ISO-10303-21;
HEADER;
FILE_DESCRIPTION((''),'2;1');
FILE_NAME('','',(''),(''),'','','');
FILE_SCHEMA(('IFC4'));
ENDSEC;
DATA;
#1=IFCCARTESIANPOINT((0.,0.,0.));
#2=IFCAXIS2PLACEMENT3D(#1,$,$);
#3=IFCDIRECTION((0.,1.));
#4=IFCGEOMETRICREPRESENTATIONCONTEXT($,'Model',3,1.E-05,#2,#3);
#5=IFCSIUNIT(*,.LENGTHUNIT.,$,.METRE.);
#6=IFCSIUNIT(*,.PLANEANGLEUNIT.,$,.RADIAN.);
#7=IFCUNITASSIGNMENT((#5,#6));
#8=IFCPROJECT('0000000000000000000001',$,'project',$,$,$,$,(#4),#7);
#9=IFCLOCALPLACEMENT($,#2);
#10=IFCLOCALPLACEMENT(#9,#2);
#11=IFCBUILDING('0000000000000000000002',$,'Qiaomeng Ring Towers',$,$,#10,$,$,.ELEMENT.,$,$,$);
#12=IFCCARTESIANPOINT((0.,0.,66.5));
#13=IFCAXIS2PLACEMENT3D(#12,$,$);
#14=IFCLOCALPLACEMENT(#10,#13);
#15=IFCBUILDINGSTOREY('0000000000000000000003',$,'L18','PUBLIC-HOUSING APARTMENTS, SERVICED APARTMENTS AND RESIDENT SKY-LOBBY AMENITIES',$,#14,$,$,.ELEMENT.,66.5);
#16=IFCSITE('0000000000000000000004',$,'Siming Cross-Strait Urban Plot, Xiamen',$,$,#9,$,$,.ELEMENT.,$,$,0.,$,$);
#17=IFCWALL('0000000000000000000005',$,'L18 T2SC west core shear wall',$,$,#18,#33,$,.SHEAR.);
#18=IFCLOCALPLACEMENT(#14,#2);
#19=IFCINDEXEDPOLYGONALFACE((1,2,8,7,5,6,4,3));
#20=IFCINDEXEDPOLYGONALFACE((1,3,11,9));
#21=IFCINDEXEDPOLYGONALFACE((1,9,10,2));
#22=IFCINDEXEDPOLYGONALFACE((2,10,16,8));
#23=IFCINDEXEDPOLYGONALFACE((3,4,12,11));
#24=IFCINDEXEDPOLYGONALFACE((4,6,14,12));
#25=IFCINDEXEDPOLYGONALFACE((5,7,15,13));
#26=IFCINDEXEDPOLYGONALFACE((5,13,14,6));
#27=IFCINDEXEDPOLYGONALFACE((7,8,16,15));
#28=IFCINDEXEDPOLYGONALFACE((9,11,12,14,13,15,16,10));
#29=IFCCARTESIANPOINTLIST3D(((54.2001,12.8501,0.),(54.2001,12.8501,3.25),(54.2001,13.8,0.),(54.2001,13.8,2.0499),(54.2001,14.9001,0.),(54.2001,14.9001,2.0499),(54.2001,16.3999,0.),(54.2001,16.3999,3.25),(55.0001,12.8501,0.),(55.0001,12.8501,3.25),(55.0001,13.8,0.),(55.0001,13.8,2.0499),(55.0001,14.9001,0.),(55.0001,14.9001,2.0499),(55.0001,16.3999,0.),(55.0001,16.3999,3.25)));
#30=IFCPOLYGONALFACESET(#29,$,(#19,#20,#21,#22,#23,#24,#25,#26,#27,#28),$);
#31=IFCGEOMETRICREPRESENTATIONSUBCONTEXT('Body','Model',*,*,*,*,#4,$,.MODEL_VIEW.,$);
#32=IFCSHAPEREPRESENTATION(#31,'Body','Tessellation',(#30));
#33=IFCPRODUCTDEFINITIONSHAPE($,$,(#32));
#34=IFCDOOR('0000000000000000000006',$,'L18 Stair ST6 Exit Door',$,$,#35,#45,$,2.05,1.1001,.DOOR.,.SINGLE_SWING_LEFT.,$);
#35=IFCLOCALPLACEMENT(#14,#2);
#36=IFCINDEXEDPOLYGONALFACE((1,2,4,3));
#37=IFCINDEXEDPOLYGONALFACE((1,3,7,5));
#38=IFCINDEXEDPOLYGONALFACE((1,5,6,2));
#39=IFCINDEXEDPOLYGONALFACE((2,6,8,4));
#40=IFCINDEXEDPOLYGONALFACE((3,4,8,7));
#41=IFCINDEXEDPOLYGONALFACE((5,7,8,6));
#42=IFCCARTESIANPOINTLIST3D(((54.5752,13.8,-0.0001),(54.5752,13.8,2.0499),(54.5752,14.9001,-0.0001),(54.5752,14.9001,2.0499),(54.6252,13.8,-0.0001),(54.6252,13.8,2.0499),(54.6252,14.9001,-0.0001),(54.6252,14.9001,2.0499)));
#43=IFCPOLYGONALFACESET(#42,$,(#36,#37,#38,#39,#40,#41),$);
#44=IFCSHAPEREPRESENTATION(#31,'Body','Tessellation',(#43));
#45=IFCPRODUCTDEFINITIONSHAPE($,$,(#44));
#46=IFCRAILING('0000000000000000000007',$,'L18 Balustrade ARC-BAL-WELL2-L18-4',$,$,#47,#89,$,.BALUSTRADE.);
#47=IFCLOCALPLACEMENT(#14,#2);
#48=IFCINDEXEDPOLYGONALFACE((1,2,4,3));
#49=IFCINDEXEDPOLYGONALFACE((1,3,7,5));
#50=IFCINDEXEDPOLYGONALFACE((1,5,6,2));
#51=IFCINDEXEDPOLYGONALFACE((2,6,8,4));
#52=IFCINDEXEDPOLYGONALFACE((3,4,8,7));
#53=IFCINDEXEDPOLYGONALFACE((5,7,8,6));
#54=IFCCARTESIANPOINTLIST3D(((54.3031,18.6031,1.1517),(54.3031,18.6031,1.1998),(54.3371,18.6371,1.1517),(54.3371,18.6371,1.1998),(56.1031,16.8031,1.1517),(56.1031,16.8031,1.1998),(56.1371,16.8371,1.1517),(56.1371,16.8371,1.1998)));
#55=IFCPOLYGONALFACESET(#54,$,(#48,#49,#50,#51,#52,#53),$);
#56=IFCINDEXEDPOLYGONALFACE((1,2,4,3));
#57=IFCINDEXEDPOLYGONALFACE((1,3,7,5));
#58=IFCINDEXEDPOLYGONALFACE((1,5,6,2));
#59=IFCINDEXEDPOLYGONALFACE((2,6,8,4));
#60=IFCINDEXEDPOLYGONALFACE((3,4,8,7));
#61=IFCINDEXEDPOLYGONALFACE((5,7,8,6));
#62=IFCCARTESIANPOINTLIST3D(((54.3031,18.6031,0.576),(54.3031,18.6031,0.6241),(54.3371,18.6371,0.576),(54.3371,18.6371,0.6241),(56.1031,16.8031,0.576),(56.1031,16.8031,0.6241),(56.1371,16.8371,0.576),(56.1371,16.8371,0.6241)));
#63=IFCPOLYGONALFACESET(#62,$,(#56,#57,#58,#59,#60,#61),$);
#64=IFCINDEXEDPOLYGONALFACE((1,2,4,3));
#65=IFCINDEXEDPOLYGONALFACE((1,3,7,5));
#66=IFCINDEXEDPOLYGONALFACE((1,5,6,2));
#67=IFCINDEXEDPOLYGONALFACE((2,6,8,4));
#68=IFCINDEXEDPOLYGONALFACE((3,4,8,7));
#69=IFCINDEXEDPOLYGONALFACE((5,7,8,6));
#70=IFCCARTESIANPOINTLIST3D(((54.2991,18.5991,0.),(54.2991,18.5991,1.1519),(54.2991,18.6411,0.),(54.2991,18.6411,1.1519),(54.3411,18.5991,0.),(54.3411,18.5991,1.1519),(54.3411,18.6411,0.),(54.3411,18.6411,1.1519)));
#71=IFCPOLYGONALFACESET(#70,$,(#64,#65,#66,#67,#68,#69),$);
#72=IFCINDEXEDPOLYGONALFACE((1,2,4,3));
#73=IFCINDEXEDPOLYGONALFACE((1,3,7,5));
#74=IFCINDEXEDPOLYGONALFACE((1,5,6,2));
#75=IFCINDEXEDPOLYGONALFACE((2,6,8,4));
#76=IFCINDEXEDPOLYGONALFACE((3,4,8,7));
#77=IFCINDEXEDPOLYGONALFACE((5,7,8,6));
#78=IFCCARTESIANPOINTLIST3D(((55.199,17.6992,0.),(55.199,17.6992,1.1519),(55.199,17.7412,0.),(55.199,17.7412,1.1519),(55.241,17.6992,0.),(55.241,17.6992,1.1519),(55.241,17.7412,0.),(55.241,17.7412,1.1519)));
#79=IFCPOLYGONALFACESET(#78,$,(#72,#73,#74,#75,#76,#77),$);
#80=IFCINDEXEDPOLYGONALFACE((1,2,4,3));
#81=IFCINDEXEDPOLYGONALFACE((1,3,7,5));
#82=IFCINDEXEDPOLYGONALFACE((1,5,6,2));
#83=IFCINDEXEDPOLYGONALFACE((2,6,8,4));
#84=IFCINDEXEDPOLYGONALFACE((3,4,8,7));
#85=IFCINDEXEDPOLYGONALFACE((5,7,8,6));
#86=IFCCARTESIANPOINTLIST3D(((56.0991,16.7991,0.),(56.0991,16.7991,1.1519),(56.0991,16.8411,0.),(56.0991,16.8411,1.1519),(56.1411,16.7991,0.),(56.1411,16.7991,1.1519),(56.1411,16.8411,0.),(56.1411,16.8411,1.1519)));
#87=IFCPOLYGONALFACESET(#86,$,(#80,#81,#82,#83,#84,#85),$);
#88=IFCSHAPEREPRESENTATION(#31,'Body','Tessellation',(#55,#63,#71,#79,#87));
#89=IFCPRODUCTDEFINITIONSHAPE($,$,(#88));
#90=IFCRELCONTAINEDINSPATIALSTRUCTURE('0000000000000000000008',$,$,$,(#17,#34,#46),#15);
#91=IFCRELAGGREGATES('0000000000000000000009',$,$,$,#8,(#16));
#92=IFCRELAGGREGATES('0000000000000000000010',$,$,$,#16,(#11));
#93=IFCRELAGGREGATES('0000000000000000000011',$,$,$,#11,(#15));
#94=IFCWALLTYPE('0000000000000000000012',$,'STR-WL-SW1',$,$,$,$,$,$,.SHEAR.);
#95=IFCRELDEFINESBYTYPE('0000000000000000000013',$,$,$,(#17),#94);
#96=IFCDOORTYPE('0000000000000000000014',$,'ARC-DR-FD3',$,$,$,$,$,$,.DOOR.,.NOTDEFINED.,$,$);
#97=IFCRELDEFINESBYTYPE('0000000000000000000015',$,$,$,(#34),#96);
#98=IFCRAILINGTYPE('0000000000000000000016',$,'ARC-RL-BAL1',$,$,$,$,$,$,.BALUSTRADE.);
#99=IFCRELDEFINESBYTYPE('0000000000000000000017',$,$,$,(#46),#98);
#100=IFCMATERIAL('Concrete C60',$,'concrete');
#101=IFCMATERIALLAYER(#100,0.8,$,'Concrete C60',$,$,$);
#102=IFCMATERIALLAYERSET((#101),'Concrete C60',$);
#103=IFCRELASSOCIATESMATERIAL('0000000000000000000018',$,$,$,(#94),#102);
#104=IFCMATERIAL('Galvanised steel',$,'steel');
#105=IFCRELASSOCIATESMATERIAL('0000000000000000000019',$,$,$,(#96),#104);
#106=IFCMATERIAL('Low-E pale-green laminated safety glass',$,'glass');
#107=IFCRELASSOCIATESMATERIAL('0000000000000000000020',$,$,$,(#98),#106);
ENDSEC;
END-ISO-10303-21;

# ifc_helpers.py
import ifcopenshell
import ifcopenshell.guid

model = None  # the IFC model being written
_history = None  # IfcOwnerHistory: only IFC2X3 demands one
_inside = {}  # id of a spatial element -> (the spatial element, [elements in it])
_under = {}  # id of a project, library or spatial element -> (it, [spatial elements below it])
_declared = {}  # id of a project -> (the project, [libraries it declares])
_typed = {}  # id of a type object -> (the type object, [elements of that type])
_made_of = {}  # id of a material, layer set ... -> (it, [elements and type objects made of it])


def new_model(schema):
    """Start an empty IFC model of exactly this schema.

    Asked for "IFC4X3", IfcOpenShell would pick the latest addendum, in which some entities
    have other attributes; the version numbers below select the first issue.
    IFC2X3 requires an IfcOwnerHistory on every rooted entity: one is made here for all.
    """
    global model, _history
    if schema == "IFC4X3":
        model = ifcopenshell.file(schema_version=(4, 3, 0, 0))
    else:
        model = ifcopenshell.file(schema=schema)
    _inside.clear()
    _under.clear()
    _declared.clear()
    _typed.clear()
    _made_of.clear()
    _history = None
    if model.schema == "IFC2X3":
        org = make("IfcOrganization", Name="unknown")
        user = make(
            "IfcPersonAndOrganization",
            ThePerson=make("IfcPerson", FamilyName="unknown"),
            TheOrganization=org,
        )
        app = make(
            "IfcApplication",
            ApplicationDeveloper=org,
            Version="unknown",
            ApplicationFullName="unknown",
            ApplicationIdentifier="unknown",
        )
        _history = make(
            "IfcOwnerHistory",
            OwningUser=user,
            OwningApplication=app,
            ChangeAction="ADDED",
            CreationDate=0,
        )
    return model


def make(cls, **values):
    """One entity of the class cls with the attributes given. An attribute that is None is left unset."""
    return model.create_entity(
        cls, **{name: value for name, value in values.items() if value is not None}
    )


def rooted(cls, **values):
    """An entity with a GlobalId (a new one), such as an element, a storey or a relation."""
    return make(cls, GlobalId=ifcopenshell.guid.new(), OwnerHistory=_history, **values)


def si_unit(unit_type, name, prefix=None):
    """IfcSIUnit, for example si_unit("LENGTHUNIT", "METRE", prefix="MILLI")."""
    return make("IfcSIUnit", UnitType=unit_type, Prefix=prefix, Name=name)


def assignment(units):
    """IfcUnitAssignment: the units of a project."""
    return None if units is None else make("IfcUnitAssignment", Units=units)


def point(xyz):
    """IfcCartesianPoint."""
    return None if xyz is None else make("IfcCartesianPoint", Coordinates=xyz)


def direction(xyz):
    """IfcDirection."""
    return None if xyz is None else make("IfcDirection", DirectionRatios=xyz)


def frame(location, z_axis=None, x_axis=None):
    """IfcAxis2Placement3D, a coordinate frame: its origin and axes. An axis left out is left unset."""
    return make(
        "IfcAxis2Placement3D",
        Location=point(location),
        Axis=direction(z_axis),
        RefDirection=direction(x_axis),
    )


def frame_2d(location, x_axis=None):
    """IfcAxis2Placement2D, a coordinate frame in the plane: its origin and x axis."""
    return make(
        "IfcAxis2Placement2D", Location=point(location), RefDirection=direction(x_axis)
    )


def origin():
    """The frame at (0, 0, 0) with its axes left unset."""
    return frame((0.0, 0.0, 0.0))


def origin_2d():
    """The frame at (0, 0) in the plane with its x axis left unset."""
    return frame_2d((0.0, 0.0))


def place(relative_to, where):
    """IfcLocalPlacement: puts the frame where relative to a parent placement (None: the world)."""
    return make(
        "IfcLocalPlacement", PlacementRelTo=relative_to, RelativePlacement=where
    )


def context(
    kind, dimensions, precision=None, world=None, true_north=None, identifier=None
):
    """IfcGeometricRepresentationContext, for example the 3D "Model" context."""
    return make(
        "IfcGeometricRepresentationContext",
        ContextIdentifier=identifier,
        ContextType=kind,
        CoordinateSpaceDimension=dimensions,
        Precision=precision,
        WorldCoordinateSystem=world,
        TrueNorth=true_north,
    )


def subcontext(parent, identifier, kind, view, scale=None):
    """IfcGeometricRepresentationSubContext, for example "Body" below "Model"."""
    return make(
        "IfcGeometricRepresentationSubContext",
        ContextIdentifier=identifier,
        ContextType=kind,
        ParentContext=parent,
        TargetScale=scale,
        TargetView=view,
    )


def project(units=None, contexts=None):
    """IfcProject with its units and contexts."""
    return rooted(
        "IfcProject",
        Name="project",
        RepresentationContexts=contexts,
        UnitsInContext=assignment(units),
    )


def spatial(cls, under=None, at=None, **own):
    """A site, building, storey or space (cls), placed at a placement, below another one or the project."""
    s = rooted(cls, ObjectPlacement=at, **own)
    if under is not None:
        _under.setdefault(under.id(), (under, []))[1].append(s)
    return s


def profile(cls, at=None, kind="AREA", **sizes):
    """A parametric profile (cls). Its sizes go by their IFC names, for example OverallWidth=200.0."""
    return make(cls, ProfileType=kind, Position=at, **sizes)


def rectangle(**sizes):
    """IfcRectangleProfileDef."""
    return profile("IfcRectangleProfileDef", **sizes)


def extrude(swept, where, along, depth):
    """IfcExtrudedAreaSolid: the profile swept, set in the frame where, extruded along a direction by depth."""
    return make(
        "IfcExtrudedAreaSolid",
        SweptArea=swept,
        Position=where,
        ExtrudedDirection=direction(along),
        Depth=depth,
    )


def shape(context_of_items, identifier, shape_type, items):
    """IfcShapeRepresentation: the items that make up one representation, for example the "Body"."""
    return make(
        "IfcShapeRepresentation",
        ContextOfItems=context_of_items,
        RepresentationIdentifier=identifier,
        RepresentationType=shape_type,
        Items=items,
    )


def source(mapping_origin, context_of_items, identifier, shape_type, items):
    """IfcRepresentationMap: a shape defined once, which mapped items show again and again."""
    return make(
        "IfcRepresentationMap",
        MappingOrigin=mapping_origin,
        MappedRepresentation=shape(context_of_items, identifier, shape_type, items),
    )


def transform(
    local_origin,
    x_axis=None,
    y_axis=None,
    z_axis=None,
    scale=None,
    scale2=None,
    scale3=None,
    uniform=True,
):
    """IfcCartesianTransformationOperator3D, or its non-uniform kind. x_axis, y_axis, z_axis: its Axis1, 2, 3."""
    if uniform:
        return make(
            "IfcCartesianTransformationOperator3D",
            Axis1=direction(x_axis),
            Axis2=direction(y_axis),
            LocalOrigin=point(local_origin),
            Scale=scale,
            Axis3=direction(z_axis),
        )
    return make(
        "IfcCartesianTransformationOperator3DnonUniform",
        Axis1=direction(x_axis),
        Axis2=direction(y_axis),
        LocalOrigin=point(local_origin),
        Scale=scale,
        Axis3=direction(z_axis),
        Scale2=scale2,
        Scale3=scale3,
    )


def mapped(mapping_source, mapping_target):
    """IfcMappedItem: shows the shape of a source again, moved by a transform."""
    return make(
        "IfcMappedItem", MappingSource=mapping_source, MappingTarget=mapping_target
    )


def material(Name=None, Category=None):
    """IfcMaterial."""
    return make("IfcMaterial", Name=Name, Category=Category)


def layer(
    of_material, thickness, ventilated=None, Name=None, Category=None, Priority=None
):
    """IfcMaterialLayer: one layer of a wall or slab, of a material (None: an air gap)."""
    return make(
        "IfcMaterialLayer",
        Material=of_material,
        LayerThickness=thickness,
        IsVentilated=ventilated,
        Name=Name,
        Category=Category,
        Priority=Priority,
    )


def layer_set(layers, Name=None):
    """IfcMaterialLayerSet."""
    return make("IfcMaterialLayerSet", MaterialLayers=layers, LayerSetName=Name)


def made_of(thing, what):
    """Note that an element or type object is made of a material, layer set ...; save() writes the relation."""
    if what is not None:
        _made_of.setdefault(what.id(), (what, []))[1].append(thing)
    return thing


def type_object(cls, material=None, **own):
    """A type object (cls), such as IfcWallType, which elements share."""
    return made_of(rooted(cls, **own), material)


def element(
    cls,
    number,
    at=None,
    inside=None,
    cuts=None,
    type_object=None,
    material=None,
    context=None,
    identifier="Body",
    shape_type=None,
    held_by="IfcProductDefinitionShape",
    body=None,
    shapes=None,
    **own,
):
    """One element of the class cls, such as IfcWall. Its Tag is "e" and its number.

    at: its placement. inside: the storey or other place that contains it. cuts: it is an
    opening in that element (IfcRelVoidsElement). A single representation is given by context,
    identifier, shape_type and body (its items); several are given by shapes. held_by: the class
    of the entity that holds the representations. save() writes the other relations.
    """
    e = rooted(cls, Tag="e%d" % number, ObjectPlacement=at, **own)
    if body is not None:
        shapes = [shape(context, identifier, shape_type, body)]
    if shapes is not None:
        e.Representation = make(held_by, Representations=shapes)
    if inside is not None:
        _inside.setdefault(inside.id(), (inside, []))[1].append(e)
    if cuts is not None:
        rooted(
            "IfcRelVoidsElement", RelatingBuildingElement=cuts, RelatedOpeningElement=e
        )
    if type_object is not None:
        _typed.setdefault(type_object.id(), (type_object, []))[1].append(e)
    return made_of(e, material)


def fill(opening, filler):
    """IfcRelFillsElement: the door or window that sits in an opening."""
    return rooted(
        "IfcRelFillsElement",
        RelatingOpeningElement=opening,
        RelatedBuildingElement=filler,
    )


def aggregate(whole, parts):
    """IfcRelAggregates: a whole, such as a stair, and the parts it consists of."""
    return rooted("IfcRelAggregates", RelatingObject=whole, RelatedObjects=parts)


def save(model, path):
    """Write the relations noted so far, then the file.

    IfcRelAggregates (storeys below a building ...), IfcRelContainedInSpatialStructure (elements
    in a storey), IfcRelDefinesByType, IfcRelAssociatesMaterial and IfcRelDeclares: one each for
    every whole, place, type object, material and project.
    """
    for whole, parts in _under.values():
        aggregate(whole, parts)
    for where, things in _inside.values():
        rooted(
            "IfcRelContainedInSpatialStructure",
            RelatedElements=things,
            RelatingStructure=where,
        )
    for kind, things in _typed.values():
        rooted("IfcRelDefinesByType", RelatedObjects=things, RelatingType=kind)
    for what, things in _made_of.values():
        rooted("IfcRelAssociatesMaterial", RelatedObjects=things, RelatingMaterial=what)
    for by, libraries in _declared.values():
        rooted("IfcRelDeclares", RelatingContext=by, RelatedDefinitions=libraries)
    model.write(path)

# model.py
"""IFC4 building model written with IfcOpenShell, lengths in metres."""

from ifc_helpers import new_model, si_unit, direction, frame, frame_2d, origin, origin_2d, place, context, subcontext, project, spatial, rectangle, extrude, source, transform, mapped, material, layer, layer_set, type_object, element, fill, save


model = new_model("IFC4")

# Units and contexts
model_context = context("Model", 3, precision=1e-05, world=origin(), true_north=direction((0.0, 1.0)))
body_context = subcontext(model_context, "Body", "Model", "MODEL_VIEW")
ifc_project = project(units=[si_unit("LENGTHUNIT", "METRE"), si_unit("PLANEANGLEUNIT", "RADIAN")], contexts=[model_context])

# Site, building, storey
site_placement = place(None, origin())
site = spatial("IfcSite", under=ifc_project, at=site_placement, Name="Siming Cross-Strait Urban Plot, Xiamen", CompositionType="ELEMENT", RefElevation=0.0)
building_placement = place(site_placement, origin())
building = spatial("IfcBuilding", under=site, at=building_placement, Name="Qiaomeng Ring Towers", CompositionType="ELEMENT")
storey_placement = place(building_placement, frame((0.0, 0.0, 66.5)))
storey = spatial("IfcBuildingStorey", under=building, at=storey_placement, Name="L18", Description="PUBLIC-HOUSING APARTMENTS, SERVICED APARTMENTS AND RESIDENT SKY-LOBBY AMENITIES", CompositionType="ELEMENT", Elevation=66.5)

# Shared definitions
ifc_material_1 = material(Name="Concrete C60", Category="concrete")

# Shared definitions
ifc_layer_1 = layer(ifc_material_1, 0.8, Name="Concrete C60")
ifc_layer_set_1 = layer_set([ifc_layer_1], Name="Concrete C60")
wall_type_1 = type_object("IfcWallType", Name="STR-WL-SW1", PredefinedType="SHEAR", material=ifc_layer_set_1)
shared_shape_1 = source(origin(), body_context, "Body", "SweptSolid", [
    extrude(rectangle(XDim=1.1001, YDim=2.05, at=frame_2d((0.55, 1.0249))), frame((0.0, 0.0249, 0.0), z_axis=(0.0, -1.0, 0.0), x_axis=(1.0, 0.0, 0.0)), (0.0, 0.0, 1.0), 0.05),
])

# Wall, opening, door
wall_1_placement = place(storey_placement, frame((54.6001, 12.8501, 0.0), z_axis=(0.0, 0.0, 1.0), x_axis=(0.0, 1.0, 0.0)))
wall_1 = element("IfcWall", 1, at=wall_1_placement, inside=storey, type_object=wall_type_1, Name="L18 T2SC west core shear wall", PredefinedType="SHEAR", context=body_context, shape_type="SweptSolid", body=[
    extrude(rectangle(XDim=3.5498, YDim=0.8, at=frame_2d((1.7749, 0.0))), origin(), (0.0, 0.0, 1.0), 3.25),
])
opening_1_placement = place(wall_1_placement, frame((0.95, 0.0, 0.0)))
opening_1 = element("IfcOpeningElement", 2, at=opening_1_placement, cuts=wall_1, PredefinedType="OPENING", context=body_context, shape_type="SweptSolid", body=[
    extrude(rectangle(XDim=1.1001, YDim=2.05, at=frame_2d((0.55, 1.0249))), frame((0.0, 0.4099, 0.0), z_axis=(0.0, -1.0, 0.0), x_axis=(1.0, 0.0, 0.0)), (0.0, 0.0, 1.0), 0.8201),
])
ifc_material_2 = material(Name="Galvanised steel", Category="steel")
door_type_1 = type_object("IfcDoorType", Name="ARC-DR-FD3", OperationType="NOTDEFINED", PredefinedType="DOOR", material=ifc_material_2)
door_1_placement = place(opening_1_placement, origin())
door_1 = element("IfcDoor", 3, at=door_1_placement, inside=storey, type_object=door_type_1, Name="L18 Stair ST6 Exit Door", OperationType="SINGLE_SWING_LEFT", OverallHeight=2.05, OverallWidth=1.1001, PredefinedType="DOOR", context=body_context, shape_type="MappedRepresentation", body=[
    mapped(shared_shape_1, transform((0.0, 0.0, 0.0), x_axis=(1.0, 0.0, 0.0), y_axis=(0.0, 1.0, 0.0), z_axis=(0.0, 0.0, 1.0), scale=1.0)),
])
fill(opening_1, door_1)

# Railing
ifc_material_3 = material(Name="Low-E pale-green laminated safety glass", Category="glass")
railing_type = type_object("IfcRailingType", Name="ARC-RL-BAL1", PredefinedType="BALUSTRADE", material=ifc_material_3)
railing_1_placement = place(storey_placement, frame((54.3201, 18.6201, 0.0)))
element("IfcRailing", 4, at=railing_1_placement, inside=storey, type_object=railing_type, Name="L18 Balustrade ARC-BAL-WELL2-L18-4", PredefinedType="BALUSTRADE", context=body_context, shape_type="SweptSolid", body=[
    extrude(rectangle(XDim=0.0481, YDim=0.0481, at=origin_2d()), frame((0.0, 0.0, 1.1758), z_axis=(0.707107, -0.707107, 0.0), x_axis=(0.707107, 0.707107, 0.0)), (0.0, 0.0, 1.0), 2.5457),
    extrude(rectangle(XDim=0.0481, YDim=0.0481, at=origin_2d()), frame((0.0, 0.0, 0.6001), z_axis=(0.707107, -0.707107, 0.0), x_axis=(0.707107, 0.707107, 0.0)), (0.0, 0.0, 1.0), 2.5457),
    extrude(rectangle(XDim=0.042, YDim=0.042, at=origin_2d()), origin(), (0.0, 0.0, 1.0), 1.1519),
    extrude(rectangle(XDim=0.042, YDim=0.042, at=origin_2d()), frame((0.8999, -0.8999, 0.0)), (0.0, 0.0, 1.0), 1.1519),
    extrude(rectangle(XDim=0.042, YDim=0.042, at=origin_2d()), frame((1.8, -1.8, 0.0)), (0.0, 0.0, 1.0), 1.1519),
])

save(model, "model.ifc")
